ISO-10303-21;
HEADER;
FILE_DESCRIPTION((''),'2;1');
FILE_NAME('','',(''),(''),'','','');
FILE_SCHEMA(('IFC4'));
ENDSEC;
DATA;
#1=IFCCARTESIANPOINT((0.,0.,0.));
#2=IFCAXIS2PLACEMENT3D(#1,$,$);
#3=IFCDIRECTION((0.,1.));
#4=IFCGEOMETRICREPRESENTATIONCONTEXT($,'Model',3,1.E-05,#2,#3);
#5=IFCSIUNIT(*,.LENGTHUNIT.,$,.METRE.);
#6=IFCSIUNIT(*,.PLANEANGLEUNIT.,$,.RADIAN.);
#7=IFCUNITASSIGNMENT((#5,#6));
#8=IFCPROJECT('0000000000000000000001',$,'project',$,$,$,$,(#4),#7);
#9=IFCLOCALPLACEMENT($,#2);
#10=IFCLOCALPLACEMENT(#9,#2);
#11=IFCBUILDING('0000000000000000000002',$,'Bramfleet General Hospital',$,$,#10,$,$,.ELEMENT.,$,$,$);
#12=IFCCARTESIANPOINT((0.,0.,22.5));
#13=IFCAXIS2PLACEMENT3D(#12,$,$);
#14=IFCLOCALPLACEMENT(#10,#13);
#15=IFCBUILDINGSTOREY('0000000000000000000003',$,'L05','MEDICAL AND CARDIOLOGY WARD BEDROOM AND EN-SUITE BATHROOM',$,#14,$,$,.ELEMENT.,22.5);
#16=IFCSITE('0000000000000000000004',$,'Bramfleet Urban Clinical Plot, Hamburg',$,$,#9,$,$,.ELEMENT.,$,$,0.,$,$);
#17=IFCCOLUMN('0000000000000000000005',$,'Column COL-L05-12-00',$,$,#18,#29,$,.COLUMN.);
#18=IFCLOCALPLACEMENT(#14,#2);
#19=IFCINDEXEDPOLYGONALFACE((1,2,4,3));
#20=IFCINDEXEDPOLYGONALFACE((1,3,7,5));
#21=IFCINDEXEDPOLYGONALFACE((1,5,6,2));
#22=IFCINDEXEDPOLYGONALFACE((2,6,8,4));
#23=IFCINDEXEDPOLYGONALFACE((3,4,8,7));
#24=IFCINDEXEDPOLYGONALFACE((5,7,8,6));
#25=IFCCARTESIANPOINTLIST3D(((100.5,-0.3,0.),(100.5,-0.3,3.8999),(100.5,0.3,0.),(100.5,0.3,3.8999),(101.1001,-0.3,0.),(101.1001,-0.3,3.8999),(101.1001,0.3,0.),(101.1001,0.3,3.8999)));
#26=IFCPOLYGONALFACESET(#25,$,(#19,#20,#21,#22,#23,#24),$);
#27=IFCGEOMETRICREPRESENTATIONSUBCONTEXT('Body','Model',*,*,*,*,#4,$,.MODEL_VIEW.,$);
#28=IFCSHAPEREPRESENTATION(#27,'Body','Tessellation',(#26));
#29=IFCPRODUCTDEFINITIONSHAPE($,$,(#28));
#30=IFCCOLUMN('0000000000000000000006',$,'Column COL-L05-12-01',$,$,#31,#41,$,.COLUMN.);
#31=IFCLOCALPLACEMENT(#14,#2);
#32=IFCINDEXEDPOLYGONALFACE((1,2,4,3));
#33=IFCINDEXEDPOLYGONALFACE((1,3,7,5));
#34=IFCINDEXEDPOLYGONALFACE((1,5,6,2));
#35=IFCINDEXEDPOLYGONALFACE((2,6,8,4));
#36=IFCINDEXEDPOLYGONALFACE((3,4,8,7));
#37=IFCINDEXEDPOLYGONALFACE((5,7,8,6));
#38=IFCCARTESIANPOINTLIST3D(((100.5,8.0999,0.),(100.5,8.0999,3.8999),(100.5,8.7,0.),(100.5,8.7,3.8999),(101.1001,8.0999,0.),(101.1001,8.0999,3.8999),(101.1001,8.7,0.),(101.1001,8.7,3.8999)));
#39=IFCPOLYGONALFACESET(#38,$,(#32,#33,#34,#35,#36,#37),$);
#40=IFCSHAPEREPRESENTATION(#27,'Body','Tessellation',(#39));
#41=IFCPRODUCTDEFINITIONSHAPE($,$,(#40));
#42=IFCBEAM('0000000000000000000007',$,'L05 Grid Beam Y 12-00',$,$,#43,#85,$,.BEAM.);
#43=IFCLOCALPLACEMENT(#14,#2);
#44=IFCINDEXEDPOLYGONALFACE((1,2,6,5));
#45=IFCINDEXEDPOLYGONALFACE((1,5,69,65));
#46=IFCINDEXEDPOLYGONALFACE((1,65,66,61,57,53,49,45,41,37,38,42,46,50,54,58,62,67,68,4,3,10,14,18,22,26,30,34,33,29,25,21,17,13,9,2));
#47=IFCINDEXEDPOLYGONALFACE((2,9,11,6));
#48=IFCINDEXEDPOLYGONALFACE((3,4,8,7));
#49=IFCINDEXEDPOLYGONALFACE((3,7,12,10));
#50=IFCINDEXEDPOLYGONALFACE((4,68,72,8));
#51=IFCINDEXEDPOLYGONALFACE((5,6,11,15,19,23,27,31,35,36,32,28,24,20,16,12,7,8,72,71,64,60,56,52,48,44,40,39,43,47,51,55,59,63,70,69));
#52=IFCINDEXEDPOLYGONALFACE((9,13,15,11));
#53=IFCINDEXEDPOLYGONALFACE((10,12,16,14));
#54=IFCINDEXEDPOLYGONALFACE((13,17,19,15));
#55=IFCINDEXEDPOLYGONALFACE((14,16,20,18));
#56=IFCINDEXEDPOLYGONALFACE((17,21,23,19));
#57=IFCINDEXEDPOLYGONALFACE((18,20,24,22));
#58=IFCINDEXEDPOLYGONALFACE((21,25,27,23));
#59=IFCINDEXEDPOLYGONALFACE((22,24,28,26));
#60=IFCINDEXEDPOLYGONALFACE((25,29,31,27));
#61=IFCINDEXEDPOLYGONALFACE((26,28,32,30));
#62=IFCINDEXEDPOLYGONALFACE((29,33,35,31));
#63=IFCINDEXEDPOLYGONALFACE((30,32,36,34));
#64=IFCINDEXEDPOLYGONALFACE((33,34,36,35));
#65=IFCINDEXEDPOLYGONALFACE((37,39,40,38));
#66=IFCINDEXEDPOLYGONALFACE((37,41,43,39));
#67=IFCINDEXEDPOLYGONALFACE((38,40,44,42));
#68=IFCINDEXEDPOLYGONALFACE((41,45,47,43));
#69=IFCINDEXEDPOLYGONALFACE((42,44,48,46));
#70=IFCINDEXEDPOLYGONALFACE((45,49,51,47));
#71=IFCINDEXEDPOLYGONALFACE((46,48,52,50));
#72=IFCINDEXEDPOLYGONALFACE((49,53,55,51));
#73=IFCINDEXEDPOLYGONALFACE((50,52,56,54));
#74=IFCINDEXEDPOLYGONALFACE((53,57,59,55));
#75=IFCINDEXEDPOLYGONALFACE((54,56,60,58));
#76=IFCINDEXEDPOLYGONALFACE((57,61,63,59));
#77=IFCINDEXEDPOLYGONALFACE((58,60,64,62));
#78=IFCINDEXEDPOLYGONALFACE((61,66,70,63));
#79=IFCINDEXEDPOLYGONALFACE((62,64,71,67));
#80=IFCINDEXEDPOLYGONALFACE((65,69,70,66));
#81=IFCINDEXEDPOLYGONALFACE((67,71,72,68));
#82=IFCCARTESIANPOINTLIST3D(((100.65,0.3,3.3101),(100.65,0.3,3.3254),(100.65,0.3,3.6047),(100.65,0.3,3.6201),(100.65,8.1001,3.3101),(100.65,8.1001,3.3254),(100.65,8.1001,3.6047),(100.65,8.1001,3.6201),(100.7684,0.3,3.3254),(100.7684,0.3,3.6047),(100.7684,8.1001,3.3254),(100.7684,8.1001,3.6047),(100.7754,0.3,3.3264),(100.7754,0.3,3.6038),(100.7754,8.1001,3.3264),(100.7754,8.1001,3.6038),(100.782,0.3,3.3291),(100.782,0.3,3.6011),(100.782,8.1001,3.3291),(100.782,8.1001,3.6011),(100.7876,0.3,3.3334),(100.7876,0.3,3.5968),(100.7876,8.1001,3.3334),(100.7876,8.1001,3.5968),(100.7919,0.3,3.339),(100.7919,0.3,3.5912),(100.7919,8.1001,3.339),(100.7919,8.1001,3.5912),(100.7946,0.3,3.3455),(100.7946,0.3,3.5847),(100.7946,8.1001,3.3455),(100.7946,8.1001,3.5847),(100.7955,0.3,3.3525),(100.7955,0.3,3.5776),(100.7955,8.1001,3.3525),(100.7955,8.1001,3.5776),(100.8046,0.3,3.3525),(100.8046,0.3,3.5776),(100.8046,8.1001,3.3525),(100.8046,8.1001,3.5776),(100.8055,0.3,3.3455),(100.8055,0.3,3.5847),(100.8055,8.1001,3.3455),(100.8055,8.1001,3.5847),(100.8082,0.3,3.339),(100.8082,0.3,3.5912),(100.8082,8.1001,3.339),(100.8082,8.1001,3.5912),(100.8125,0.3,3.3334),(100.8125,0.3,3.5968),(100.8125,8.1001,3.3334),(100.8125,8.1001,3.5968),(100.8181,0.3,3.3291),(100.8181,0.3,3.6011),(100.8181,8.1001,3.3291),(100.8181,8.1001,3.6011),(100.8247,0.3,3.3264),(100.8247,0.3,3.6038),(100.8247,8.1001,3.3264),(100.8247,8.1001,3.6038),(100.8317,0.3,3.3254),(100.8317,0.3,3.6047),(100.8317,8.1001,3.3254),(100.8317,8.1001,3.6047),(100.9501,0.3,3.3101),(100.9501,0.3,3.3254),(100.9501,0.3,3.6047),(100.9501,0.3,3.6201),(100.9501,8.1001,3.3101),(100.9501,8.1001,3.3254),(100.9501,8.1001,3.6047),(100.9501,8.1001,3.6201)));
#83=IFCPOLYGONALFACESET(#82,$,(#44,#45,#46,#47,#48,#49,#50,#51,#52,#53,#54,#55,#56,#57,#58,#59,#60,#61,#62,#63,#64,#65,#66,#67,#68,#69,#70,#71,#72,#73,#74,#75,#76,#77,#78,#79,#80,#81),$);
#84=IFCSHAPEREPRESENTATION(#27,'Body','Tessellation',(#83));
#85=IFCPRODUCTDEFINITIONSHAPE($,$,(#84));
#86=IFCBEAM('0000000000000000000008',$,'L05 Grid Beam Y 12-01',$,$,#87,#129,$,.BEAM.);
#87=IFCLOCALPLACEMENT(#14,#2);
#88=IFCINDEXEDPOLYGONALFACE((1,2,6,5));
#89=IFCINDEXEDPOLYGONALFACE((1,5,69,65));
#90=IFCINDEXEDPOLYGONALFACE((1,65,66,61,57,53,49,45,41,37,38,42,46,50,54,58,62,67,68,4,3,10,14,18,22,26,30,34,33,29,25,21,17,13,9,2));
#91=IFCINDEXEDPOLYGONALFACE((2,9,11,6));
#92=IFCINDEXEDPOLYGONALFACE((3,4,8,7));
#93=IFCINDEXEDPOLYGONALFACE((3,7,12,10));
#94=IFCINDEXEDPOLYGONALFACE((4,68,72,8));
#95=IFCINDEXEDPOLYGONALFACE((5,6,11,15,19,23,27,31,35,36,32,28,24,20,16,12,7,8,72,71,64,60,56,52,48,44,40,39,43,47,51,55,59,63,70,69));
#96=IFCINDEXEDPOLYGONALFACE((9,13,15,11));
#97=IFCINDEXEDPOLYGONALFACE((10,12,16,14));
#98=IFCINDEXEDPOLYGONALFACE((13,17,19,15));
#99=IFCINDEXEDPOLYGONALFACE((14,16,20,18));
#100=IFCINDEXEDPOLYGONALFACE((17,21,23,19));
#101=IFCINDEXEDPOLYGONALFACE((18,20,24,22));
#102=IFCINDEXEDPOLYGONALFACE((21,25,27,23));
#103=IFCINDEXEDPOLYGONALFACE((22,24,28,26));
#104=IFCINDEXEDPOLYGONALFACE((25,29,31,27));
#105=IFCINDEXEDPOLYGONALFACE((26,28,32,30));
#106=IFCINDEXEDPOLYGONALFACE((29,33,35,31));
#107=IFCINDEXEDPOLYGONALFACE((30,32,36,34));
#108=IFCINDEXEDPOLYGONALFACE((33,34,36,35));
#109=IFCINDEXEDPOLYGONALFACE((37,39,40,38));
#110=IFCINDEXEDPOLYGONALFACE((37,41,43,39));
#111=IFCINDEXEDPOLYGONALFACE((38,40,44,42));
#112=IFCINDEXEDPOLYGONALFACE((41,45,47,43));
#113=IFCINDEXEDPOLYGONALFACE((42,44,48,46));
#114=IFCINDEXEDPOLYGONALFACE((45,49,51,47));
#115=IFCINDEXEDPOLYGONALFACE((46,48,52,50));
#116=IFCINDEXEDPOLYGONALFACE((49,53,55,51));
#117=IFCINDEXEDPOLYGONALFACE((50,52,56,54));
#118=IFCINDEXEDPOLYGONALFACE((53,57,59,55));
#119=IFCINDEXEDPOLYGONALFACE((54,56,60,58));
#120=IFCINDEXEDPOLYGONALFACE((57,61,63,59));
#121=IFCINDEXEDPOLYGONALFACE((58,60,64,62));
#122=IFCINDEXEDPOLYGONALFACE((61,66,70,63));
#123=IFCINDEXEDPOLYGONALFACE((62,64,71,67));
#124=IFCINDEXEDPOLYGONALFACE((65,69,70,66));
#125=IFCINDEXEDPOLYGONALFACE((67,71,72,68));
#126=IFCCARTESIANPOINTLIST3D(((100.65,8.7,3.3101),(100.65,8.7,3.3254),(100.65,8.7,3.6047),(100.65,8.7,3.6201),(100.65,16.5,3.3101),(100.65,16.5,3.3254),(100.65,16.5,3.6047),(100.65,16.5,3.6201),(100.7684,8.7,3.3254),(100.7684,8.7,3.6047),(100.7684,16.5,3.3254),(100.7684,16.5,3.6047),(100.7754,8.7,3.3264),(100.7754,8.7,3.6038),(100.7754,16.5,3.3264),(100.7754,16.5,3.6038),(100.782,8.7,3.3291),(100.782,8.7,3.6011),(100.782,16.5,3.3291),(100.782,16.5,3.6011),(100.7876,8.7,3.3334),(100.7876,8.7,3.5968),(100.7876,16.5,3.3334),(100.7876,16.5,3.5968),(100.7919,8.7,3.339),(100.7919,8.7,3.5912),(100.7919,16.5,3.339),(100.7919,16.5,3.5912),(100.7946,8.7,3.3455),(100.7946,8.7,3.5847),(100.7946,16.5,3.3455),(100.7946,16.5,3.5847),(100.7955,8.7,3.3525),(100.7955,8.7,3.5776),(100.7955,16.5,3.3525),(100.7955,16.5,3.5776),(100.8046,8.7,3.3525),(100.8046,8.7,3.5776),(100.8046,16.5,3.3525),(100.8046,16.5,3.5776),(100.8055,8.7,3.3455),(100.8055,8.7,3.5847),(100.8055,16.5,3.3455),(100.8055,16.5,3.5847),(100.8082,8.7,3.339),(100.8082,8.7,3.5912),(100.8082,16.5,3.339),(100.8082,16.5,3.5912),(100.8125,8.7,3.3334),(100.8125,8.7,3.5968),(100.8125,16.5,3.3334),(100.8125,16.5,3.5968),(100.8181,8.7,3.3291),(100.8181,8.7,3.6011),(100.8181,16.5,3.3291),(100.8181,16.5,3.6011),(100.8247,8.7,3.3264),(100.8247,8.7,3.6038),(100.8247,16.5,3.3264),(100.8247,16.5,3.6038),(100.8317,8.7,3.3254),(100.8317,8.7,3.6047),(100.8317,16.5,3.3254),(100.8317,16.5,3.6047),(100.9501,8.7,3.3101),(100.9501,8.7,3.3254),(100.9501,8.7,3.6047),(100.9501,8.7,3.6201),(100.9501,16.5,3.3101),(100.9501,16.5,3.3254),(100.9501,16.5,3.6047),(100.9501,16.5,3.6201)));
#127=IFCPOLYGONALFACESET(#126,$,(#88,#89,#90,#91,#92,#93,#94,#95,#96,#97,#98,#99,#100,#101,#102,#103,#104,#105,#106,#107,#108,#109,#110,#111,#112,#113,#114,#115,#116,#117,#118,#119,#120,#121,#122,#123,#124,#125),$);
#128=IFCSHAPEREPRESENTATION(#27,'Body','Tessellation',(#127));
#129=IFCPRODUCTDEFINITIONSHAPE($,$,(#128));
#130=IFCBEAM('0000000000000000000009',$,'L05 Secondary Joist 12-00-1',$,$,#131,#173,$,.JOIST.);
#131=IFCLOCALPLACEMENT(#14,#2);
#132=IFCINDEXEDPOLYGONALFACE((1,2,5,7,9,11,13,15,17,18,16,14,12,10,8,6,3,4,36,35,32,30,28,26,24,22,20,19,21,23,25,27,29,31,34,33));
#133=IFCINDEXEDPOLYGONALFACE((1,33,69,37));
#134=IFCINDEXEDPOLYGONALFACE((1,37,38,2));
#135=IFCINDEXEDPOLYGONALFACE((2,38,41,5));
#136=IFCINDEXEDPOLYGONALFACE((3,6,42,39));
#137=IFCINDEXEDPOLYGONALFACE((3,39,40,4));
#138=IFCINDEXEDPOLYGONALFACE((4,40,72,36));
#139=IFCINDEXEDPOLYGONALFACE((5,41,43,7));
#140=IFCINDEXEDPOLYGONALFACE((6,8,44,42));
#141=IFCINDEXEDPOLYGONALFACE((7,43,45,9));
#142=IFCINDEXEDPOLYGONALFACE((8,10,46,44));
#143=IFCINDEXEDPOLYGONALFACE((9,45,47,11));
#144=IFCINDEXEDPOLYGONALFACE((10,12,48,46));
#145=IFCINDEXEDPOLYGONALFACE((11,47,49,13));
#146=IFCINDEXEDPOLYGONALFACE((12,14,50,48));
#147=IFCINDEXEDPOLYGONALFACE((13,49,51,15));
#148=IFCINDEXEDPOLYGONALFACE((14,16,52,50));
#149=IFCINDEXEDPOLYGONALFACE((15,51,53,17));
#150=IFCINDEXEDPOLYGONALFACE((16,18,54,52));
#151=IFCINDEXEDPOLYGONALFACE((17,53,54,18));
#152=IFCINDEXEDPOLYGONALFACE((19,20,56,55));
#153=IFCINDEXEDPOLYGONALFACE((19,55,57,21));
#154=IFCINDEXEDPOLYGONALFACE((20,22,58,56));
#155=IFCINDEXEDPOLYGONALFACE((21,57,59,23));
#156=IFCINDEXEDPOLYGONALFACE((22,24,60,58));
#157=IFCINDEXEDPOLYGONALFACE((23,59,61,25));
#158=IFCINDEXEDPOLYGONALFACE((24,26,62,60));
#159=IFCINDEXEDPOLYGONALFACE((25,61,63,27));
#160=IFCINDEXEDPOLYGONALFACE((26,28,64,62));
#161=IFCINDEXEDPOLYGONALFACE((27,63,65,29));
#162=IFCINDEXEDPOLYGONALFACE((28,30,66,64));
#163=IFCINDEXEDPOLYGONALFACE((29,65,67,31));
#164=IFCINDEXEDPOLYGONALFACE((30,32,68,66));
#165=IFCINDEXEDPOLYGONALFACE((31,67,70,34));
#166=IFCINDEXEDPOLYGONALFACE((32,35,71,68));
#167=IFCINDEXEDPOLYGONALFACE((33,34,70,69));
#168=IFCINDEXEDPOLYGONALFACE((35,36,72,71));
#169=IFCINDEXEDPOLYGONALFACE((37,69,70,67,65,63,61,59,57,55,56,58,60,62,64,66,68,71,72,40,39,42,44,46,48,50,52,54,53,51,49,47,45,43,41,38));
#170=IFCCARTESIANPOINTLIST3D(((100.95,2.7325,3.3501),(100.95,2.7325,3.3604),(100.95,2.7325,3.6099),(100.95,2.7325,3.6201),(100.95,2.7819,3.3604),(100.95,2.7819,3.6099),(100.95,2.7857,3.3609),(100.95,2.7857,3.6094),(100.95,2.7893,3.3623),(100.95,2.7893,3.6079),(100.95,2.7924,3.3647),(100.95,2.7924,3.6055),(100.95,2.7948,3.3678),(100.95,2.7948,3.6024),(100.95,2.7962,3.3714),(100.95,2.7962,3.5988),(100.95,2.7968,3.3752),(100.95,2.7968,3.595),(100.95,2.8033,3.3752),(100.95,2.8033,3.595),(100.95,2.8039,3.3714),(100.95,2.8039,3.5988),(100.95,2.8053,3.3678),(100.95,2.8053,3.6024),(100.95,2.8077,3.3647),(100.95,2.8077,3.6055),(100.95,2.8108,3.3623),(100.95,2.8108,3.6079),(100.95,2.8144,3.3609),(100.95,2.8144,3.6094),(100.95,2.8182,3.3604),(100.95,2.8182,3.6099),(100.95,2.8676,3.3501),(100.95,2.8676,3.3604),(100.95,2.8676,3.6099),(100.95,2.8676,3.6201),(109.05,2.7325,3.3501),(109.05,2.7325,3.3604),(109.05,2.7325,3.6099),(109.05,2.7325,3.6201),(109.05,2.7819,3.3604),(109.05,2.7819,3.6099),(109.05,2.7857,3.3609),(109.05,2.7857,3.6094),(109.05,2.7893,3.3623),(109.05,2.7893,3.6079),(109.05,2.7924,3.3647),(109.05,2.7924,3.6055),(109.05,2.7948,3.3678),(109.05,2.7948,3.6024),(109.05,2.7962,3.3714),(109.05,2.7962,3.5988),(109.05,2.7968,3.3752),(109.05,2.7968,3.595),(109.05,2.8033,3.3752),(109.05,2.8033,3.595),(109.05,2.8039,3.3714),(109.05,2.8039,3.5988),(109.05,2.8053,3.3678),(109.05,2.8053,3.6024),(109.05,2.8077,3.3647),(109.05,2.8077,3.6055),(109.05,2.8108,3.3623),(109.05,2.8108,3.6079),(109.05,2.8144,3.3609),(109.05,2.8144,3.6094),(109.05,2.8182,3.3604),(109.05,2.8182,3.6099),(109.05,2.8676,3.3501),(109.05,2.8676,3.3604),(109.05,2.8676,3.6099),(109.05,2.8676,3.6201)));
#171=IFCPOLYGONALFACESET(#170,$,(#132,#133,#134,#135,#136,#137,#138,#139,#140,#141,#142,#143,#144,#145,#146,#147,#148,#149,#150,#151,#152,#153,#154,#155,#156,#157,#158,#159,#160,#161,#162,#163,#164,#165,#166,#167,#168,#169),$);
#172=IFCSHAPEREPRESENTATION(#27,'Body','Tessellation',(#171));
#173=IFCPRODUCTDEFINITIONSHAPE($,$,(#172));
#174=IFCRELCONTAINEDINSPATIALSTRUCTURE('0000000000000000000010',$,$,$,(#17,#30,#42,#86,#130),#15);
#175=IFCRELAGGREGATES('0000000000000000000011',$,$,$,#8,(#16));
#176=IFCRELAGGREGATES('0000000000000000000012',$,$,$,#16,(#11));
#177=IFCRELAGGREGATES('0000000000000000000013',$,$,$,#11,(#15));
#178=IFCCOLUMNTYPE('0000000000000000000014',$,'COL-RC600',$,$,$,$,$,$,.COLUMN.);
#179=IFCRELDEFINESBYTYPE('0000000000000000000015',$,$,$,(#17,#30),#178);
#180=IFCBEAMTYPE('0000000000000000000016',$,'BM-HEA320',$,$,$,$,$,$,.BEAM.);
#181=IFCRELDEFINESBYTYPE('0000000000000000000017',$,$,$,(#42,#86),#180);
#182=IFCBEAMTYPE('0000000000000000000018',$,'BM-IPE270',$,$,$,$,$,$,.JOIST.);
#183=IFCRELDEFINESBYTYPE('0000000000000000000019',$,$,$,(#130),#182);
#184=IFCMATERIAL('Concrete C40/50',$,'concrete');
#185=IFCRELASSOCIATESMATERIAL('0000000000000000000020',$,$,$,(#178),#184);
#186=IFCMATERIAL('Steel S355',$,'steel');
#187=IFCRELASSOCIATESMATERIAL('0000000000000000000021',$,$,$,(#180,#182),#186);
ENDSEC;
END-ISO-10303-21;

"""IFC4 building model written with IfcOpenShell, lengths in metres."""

from ifc_helpers import new_model, si_unit, direction, frame, origin, origin_2d, place, context, subcontext, project, spatial, rectangle, i_section, extrude, material, material_profile, profile_set, type_object, element, save


model = new_model("IFC4")

# Units and contexts
model_context = context("Model", 3, precision=1e-05, world=origin(), true_north=direction((0.0, 1.0)))
body_context = subcontext(model_context, "Body", "Model", "MODEL_VIEW")
ifc_project = project(units=[si_unit("LENGTHUNIT", "METRE"), si_unit("PLANEANGLEUNIT", "RADIAN")], contexts=[model_context])

# Site, building, storey
site_placement = place(None, origin())
site = spatial("IfcSite", under=ifc_project, at=site_placement, Name="Bramfleet Urban Clinical Plot, Hamburg", CompositionType="ELEMENT", RefElevation=0.0)
building_placement = place(site_placement, origin())
building = spatial("IfcBuilding", under=site, at=building_placement, Name="Bramfleet General Hospital", CompositionType="ELEMENT")
storey_placement = place(building_placement, frame((0.0, 0.0, 22.5)))
storey = spatial("IfcBuildingStorey", under=building, at=storey_placement, Name="L05", Description="MEDICAL AND CARDIOLOGY WARD BEDROOM AND EN-SUITE BATHROOM", CompositionType="ELEMENT", Elevation=22.5)

# Columns
ifc_material_1 = material(Name="Concrete C40/50", Category="concrete")
ifc_material_profile_1 = material_profile(ifc_material_1, rectangle(XDim=0.6001, YDim=0.6001, at=origin_2d()), Name="RC COL 600x600")
ifc_profile_set_1 = profile_set([ifc_material_profile_1], Name="Concrete C40/50")
column_type = type_object("IfcColumnType", Name="COL-RC600", PredefinedType="COLUMN", material=ifc_profile_set_1)
for number, where, z_axis, x_axis, name in (
    (1, (100.8, 0.0, 0.0), (0.0, 0.0, 1.0), (1.0, 0.0, 0.0), "Column COL-L05-12-00"),
    (2, (100.8, 8.3999, 0.0), (0.0, 0.0, 1.0), (1.0, 0.0, 0.0), "Column COL-L05-12-01"),
):
    element("IfcColumn", number, at=place(storey_placement, frame(where, z_axis=z_axis, x_axis=x_axis)), inside=storey, type_object=column_type, Name=name, PredefinedType="COLUMN", context=body_context, shape_type="SweptSolid", body=[
        extrude(rectangle(XDim=0.6001, YDim=0.6001, at=origin_2d()), origin(), (0.0, 0.0, 1.0), 3.8999),
    ])

# Beams
ifc_material_2 = material(Name="Steel S355", Category="steel")
ifc_material_profile_2 = material_profile(ifc_material_2, i_section(OverallWidth=0.3, OverallDepth=0.3101, WebThickness=0.009, FlangeThickness=0.0154, FilletRadius=0.0271, at=origin_2d()), Name="HEA 320")
ifc_profile_set_2 = profile_set([ifc_material_profile_2], Name="Steel S355")
beam_type_1 = type_object("IfcBeamType", Name="BM-HEA320", PredefinedType="BEAM", material=ifc_profile_set_2)
for number, where, z_axis, x_axis, name in (
    (3, (100.8, 0.3, 3.4651), (0.0, 1.0, 0.0), (-1.0, 0.0, 0.0), "L05 Grid Beam Y 12-00"),
    (4, (100.8, 8.7, 3.4651), (0.0, 1.0, 0.0), (-1.0, 0.0, 0.0), "L05 Grid Beam Y 12-01"),
):
    element("IfcBeam", number, at=place(storey_placement, frame(where, z_axis=z_axis, x_axis=x_axis)), inside=storey, type_object=beam_type_1, Name=name, PredefinedType="BEAM", context=body_context, shape_type="SweptSolid", body=[
        extrude(i_section(OverallWidth=0.3, OverallDepth=0.3101, WebThickness=0.009, FlangeThickness=0.0154, FilletRadius=0.0271, at=origin_2d()), origin(), (0.0, 0.0, 1.0), 7.8),
    ])
ifc_material_profile_3 = material_profile(ifc_material_2, i_section(OverallWidth=0.135, OverallDepth=0.27, WebThickness=0.0066, FlangeThickness=0.0103, FilletRadius=0.0149, at=origin_2d()), Name="IPE 270")
ifc_profile_set_3 = profile_set([ifc_material_profile_3], Name="Steel S355")
beam_type_2 = type_object("IfcBeamType", Name="BM-IPE270", PredefinedType="JOIST", material=ifc_profile_set_3)
for number, where, z_axis, x_axis, name in (
    (5, (100.95, 2.8, 3.4851), (1.0, 0.0, 0.0), (0.0, 1.0, 0.0), "L05 Secondary Joist 12-00-1"),
):
    element("IfcBeam", number, at=place(storey_placement, frame(where, z_axis=z_axis, x_axis=x_axis)), inside=storey, type_object=beam_type_2, Name=name, PredefinedType="JOIST", context=body_context, shape_type="SweptSolid", body=[
        extrude(i_section(OverallWidth=0.135, OverallDepth=0.27, WebThickness=0.0066, FlangeThickness=0.0103, FilletRadius=0.0149, at=origin_2d()), origin(), (0.0, 0.0, 1.0), 8.1001),
    ])

save(model, "model.ifc")
